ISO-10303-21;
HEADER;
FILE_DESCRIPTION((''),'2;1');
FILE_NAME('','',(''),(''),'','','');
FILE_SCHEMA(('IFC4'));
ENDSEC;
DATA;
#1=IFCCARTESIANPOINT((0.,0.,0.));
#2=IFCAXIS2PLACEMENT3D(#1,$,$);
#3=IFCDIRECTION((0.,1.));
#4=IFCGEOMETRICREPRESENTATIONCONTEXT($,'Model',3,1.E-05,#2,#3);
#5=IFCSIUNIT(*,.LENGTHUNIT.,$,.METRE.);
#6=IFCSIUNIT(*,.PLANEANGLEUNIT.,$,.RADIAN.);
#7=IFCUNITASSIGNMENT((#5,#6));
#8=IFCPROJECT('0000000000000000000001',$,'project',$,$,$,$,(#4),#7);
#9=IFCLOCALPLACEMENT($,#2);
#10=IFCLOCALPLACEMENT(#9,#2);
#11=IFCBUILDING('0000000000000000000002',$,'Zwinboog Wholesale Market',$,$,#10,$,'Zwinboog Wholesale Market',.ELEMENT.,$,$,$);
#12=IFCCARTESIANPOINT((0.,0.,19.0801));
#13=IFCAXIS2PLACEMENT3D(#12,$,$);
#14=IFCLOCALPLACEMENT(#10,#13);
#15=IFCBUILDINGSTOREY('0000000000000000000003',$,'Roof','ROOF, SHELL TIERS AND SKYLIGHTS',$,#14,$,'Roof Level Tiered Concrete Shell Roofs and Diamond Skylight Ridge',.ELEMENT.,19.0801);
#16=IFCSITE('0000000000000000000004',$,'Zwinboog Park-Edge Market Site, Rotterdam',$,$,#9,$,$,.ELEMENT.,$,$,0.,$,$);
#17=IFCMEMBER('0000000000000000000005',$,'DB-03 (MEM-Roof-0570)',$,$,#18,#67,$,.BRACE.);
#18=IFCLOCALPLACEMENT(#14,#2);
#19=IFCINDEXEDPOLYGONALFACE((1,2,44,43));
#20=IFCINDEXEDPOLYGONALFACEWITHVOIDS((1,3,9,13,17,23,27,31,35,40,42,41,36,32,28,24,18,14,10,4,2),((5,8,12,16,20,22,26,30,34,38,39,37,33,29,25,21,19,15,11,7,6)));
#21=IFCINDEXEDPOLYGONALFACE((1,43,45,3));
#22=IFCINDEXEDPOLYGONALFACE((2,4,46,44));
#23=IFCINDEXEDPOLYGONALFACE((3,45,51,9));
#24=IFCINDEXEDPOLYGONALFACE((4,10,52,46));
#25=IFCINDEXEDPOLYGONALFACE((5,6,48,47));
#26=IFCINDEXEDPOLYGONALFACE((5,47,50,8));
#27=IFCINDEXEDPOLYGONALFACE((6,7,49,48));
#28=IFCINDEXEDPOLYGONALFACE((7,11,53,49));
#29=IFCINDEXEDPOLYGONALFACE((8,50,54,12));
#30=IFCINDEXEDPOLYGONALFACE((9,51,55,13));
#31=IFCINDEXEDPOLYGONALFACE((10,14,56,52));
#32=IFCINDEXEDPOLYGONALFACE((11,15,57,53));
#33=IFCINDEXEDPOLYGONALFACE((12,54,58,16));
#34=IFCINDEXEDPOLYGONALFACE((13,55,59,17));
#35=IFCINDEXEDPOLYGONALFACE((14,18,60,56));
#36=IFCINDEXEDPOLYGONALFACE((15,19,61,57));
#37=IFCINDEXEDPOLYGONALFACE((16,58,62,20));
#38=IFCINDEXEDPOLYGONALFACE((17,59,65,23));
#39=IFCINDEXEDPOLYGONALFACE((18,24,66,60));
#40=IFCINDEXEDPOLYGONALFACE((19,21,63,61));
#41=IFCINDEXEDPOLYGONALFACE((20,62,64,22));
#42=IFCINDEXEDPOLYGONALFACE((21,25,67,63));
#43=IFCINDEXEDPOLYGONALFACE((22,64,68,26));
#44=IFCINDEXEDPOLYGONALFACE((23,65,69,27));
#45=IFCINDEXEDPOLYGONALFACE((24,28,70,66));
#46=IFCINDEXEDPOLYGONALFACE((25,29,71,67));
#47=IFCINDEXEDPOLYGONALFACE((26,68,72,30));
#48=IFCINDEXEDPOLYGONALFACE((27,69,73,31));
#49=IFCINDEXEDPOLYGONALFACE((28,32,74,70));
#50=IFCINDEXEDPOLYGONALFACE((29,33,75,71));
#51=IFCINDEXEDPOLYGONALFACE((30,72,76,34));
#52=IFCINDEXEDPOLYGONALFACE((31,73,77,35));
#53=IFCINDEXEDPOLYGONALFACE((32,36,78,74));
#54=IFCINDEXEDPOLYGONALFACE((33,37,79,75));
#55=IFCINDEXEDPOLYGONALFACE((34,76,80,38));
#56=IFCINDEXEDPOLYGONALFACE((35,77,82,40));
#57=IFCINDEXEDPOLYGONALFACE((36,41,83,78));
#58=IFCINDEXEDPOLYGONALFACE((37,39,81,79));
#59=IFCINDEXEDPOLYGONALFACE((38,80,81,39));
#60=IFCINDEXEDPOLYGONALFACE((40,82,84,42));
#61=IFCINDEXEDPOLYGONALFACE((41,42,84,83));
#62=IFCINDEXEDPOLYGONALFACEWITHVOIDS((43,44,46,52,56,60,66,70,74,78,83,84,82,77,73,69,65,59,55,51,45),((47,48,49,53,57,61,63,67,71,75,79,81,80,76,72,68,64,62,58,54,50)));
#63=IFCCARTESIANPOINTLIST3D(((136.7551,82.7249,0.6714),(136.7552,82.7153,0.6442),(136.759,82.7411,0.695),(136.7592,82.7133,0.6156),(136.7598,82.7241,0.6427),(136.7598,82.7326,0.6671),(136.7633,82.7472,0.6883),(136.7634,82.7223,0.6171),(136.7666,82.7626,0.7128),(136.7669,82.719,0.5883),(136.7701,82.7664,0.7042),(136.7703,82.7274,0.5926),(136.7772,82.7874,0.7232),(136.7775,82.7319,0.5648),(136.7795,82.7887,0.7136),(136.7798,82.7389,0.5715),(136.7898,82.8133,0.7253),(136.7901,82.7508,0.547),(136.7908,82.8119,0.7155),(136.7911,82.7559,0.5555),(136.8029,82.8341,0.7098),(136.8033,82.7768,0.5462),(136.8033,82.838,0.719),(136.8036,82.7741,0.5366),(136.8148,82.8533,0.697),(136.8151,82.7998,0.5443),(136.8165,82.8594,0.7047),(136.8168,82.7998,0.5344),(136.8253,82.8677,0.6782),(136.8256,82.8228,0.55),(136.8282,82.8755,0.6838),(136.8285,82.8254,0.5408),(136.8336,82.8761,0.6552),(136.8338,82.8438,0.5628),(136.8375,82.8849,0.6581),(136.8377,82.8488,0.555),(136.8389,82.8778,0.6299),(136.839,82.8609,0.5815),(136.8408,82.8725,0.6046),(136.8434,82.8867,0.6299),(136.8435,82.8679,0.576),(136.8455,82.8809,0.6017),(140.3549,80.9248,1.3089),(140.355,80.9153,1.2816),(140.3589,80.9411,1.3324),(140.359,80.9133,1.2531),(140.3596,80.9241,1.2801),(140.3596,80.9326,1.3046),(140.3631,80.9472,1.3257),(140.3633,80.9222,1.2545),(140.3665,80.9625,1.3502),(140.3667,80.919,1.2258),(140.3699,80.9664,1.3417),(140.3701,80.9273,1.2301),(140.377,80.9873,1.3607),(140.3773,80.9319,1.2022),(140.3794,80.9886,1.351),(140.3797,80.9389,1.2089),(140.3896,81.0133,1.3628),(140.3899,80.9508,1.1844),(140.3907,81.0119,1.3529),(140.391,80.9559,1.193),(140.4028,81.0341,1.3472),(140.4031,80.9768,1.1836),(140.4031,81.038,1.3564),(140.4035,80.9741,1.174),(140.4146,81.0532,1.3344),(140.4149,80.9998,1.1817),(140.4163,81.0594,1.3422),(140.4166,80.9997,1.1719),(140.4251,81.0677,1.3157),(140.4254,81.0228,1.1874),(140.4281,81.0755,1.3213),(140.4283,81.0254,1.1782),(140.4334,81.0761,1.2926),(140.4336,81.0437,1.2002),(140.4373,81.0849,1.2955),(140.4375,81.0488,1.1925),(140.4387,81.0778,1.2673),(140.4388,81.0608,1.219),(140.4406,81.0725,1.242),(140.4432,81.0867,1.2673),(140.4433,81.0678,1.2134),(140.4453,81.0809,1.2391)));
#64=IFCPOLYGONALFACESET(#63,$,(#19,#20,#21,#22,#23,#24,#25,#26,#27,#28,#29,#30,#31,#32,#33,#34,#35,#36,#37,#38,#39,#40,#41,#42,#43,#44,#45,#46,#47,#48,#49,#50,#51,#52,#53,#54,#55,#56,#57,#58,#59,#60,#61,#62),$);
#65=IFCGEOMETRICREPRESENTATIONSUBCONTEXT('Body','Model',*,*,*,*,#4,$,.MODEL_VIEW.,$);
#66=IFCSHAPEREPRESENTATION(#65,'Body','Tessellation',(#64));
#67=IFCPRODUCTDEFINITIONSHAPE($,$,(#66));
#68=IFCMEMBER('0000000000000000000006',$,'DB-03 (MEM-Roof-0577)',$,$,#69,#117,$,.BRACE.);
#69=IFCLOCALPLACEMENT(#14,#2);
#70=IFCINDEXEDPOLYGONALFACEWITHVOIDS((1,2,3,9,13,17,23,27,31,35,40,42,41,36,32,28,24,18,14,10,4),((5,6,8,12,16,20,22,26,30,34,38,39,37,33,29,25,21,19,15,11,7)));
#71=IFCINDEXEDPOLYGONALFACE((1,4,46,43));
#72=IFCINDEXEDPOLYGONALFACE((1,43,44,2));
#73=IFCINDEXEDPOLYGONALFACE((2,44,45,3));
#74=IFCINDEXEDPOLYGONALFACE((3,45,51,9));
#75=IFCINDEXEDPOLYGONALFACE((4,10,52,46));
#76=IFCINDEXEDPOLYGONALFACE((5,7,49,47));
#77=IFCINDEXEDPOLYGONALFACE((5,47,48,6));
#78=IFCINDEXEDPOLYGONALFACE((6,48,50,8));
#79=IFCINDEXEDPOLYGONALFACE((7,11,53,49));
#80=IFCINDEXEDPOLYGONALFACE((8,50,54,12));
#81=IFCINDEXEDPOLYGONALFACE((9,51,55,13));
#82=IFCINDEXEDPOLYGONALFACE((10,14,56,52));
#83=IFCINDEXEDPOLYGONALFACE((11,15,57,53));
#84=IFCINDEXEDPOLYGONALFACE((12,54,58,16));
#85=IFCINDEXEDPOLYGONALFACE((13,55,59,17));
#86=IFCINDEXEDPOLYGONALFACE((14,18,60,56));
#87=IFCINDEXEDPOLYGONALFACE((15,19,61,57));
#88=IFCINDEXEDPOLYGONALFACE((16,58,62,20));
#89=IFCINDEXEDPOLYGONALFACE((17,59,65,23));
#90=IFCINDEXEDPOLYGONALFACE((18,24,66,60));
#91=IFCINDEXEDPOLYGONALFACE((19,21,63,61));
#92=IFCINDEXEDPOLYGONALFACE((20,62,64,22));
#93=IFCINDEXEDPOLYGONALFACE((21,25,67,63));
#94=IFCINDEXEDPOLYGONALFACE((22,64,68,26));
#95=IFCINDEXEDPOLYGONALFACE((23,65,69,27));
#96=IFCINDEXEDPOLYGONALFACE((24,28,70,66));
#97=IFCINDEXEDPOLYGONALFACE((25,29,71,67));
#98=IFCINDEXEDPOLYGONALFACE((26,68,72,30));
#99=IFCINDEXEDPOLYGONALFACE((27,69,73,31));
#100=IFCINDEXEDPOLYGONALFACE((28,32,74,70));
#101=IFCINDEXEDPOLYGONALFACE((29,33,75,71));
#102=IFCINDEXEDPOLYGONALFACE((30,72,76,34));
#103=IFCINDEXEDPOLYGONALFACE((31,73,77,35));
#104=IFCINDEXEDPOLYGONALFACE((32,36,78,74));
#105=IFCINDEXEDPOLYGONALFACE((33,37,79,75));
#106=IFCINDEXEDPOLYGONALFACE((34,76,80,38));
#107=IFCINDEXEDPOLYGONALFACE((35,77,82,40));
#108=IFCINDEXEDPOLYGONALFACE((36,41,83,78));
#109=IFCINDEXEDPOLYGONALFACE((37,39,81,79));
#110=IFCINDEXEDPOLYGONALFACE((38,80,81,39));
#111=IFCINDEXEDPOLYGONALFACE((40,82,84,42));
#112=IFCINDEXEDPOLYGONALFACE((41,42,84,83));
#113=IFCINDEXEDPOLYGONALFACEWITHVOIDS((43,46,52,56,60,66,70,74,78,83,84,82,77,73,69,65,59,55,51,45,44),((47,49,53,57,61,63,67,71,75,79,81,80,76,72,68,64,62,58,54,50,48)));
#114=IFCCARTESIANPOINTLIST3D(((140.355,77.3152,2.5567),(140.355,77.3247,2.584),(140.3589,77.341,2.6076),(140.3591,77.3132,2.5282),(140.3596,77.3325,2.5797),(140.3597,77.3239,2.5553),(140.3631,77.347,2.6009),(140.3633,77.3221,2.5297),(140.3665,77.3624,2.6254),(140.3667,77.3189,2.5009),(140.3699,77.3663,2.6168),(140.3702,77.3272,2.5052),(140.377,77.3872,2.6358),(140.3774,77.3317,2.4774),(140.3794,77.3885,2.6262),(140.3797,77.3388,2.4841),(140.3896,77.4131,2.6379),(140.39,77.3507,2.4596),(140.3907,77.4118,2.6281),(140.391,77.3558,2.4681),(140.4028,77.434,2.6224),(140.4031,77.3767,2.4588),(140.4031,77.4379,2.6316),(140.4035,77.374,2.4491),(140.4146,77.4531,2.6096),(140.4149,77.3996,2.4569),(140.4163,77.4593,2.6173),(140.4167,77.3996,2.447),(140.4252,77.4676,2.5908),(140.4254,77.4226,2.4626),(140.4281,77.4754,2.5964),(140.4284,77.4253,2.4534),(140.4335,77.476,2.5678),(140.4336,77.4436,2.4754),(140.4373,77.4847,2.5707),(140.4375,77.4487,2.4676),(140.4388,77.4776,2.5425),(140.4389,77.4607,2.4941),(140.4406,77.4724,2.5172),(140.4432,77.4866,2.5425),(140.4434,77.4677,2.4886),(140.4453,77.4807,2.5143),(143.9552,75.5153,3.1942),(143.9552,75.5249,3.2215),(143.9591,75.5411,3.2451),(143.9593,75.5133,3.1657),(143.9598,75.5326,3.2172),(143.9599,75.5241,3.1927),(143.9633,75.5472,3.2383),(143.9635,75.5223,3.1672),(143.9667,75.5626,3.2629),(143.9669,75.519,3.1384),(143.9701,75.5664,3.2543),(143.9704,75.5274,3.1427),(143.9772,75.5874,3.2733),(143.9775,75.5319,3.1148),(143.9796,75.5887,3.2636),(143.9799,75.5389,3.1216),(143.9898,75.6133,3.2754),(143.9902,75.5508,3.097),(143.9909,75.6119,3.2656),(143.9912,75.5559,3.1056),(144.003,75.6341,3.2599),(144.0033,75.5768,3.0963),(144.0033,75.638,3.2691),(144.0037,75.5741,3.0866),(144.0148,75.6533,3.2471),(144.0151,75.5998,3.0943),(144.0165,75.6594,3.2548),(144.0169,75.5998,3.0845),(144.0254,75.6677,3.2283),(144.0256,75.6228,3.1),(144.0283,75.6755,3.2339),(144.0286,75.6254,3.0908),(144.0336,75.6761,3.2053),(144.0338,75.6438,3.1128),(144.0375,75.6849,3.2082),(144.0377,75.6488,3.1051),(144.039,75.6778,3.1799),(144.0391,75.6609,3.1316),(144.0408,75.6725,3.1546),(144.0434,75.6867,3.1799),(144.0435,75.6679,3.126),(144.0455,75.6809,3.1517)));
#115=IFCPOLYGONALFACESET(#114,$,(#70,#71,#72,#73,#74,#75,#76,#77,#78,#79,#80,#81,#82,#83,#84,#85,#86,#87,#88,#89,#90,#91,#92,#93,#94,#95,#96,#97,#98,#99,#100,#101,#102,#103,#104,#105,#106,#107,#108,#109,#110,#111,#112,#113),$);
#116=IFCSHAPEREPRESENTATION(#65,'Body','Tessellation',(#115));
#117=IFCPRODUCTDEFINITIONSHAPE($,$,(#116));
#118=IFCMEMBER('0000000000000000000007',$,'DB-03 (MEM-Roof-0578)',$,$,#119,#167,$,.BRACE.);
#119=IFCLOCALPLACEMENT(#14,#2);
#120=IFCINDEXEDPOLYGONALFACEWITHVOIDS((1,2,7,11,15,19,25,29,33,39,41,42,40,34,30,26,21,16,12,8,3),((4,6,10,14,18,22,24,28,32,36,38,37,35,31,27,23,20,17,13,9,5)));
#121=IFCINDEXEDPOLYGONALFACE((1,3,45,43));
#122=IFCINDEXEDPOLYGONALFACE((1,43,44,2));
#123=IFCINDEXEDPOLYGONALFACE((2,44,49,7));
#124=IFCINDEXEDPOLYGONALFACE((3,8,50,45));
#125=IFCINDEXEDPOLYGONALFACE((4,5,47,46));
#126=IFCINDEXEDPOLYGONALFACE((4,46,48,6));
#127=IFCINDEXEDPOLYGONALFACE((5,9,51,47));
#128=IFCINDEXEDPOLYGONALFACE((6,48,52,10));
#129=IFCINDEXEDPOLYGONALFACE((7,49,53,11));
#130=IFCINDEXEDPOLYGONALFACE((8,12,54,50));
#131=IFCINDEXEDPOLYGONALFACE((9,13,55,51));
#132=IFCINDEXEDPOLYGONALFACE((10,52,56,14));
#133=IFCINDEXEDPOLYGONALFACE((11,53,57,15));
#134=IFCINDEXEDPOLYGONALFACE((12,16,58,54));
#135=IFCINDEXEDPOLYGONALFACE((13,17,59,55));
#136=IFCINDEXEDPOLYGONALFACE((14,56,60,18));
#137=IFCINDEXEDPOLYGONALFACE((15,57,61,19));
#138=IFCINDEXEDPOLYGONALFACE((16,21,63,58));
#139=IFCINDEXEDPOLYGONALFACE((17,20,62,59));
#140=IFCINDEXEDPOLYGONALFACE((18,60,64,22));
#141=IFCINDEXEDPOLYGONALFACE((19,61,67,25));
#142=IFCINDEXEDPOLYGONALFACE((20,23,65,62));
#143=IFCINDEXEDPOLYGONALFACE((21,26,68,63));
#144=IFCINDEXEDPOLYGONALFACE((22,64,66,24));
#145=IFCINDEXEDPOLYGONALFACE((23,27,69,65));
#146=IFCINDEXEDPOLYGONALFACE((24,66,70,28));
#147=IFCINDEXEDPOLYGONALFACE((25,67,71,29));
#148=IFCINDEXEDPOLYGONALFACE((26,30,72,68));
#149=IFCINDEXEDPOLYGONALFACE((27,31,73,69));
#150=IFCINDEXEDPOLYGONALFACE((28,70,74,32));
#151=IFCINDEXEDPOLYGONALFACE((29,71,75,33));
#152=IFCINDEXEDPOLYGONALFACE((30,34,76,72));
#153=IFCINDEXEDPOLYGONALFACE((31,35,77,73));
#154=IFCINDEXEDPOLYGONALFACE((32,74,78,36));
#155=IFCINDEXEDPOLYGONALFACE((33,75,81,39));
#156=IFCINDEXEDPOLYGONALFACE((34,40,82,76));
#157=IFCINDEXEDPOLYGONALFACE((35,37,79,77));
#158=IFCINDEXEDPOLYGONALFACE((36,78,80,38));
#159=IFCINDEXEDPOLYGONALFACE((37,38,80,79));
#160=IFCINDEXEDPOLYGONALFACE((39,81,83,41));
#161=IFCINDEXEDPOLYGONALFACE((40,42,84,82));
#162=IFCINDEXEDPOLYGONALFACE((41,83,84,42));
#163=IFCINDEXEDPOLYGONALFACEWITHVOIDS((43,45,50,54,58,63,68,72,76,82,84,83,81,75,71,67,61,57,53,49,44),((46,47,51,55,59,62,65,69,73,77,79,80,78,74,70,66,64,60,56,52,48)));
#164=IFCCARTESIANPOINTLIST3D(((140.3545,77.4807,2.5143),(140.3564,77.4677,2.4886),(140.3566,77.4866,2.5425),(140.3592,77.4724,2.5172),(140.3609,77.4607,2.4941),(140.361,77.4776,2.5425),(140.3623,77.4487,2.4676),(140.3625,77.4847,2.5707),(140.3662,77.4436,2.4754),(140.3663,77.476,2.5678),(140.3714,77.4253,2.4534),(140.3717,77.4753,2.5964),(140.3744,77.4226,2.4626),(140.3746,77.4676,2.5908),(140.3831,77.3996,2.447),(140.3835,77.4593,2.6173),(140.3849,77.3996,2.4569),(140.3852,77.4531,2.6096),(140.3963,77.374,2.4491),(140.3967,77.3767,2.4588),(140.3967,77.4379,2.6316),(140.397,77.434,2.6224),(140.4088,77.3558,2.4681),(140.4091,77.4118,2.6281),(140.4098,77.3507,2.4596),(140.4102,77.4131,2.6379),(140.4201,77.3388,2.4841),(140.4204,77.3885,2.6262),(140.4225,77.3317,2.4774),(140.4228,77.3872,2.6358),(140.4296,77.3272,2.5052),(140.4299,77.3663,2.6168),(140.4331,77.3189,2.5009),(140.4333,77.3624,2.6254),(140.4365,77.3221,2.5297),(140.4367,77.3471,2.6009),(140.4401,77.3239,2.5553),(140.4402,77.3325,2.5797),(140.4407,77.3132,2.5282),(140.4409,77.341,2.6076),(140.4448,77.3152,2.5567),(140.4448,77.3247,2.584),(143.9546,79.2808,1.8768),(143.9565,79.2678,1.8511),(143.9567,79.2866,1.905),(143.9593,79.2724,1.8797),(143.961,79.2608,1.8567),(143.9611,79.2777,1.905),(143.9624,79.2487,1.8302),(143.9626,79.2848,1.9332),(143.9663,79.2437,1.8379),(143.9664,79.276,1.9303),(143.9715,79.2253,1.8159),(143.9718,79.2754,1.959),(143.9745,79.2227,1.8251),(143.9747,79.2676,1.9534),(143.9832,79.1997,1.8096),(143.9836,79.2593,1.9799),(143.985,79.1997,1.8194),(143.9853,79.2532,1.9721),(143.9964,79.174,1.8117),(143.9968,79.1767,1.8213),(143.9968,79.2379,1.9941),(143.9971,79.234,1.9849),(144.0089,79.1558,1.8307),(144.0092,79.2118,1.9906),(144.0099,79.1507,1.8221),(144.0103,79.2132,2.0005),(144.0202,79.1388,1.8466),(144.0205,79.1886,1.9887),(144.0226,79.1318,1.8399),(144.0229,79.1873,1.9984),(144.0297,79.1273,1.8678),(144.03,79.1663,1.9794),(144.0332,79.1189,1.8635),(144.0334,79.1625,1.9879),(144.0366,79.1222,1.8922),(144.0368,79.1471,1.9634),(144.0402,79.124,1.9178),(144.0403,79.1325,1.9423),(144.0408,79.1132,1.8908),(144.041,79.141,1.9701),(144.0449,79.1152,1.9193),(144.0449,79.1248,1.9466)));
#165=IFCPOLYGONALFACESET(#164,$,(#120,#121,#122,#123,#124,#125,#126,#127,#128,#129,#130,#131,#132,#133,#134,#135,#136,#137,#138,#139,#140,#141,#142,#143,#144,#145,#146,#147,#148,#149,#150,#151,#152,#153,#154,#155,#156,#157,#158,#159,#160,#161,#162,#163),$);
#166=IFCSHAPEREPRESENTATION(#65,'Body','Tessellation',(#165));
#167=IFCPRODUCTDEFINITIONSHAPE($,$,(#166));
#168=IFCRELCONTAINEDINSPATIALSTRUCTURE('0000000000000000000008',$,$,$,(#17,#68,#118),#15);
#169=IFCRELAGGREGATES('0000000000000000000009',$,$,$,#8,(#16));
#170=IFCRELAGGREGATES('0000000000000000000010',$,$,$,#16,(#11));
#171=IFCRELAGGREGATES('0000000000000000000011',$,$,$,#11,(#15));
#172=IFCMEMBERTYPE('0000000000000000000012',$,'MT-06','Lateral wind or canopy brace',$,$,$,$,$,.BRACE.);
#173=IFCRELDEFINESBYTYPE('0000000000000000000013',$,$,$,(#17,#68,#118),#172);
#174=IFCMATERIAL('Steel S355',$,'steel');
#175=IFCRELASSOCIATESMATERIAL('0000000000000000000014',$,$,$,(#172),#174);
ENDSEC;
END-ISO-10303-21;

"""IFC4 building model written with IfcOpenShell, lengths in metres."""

from ifc_helpers import new_model, si_unit, direction, frame, origin, origin_2d, place, context, subcontext, project, spatial, hollow_circle, extrude, material, material_profile, profile_set, type_object, element, save


model = new_model("IFC4")

# Units and contexts
model_context = context("Model", 3, precision=1e-05, world=origin(), true_north=direction((0.0, 1.0)))
body_context = subcontext(model_context, "Body", "Model", "MODEL_VIEW")
ifc_project = project(units=[si_unit("LENGTHUNIT", "METRE"), si_unit("PLANEANGLEUNIT", "RADIAN")], contexts=[model_context])

# Site, building, storey
site_placement = place(None, origin())
site = spatial("IfcSite", under=ifc_project, at=site_placement, Name="Zwinboog Park-Edge Market Site, Rotterdam", CompositionType="ELEMENT", RefElevation=0.0)
building_placement = place(site_placement, origin())
building = spatial("IfcBuilding", under=site, at=building_placement, Name="Zwinboog Wholesale Market", LongName="Zwinboog Wholesale Market", CompositionType="ELEMENT")
storey_placement = place(building_placement, frame((0.0, 0.0, 19.0801)))
storey = spatial("IfcBuildingStorey", under=building, at=storey_placement, Name="Roof", Description="ROOF, SHELL TIERS AND SKYLIGHTS", LongName="Roof Level Tiered Concrete Shell Roofs and Diamond Skylight Ridge", CompositionType="ELEMENT", Elevation=19.0801)

# Members
ifc_material_1 = material(Name="Steel S355", Category="steel")
ifc_material_profile_1 = material_profile(ifc_material_1, hollow_circle(Radius=0.0969, WallThickness=0.01, at=origin_2d()), Name="CHS 193.7x10")
ifc_profile_set_1 = profile_set([ifc_material_profile_1], Name="Steel S355")
member_type_1 = type_object("IfcMemberType", Name="MT-06", Description="Lateral wind or canopy brace", PredefinedType="BRACE", material=ifc_profile_set_1)
for number, where, z_axis, x_axis, name in (
    (1, (136.8, 82.8, 0.6299), (0.883404, -0.441732, 0.15643), (0.447238, 0.894415, 0.0), "DB-03 (MEM-Roof-0570)"),
):
    element("IfcMember", number, at=place(storey_placement, frame(where, z_axis=z_axis, x_axis=x_axis)), inside=storey, type_object=member_type_1, Name=name, PredefinedType="BRACE", context=body_context, shape_type="SweptSolid", body=[
        extrude(hollow_circle(Radius=0.0969, WallThickness=0.01, at=origin_2d()), origin(), (0.0, 0.0, 1.0), 4.075),
    ])
for number, where, z_axis, x_axis, name in (
    (2, (140.3999, 77.3999, 2.5425), (0.88344, -0.44166, 0.156426), (0.447165, 0.894451, 0.0), "DB-03 (MEM-Roof-0577)"),
    (3, (140.3999, 77.3999, 2.5425), (0.883417, 0.441709, -0.156422), (-0.447214, 0.894427, 0.0), "DB-03 (MEM-Roof-0578)"),
):
    element("IfcMember", number, at=place(storey_placement, frame(where, z_axis=z_axis, x_axis=x_axis)), inside=storey, type_object=member_type_1, Name=name, PredefinedType="BRACE", context=body_context, shape_type="SweptSolid", body=[
        extrude(hollow_circle(Radius=0.0969, WallThickness=0.01, at=origin_2d()), origin(), (0.0, 0.0, 1.0), 4.0752),
    ])

save(model, "model.ifc")
